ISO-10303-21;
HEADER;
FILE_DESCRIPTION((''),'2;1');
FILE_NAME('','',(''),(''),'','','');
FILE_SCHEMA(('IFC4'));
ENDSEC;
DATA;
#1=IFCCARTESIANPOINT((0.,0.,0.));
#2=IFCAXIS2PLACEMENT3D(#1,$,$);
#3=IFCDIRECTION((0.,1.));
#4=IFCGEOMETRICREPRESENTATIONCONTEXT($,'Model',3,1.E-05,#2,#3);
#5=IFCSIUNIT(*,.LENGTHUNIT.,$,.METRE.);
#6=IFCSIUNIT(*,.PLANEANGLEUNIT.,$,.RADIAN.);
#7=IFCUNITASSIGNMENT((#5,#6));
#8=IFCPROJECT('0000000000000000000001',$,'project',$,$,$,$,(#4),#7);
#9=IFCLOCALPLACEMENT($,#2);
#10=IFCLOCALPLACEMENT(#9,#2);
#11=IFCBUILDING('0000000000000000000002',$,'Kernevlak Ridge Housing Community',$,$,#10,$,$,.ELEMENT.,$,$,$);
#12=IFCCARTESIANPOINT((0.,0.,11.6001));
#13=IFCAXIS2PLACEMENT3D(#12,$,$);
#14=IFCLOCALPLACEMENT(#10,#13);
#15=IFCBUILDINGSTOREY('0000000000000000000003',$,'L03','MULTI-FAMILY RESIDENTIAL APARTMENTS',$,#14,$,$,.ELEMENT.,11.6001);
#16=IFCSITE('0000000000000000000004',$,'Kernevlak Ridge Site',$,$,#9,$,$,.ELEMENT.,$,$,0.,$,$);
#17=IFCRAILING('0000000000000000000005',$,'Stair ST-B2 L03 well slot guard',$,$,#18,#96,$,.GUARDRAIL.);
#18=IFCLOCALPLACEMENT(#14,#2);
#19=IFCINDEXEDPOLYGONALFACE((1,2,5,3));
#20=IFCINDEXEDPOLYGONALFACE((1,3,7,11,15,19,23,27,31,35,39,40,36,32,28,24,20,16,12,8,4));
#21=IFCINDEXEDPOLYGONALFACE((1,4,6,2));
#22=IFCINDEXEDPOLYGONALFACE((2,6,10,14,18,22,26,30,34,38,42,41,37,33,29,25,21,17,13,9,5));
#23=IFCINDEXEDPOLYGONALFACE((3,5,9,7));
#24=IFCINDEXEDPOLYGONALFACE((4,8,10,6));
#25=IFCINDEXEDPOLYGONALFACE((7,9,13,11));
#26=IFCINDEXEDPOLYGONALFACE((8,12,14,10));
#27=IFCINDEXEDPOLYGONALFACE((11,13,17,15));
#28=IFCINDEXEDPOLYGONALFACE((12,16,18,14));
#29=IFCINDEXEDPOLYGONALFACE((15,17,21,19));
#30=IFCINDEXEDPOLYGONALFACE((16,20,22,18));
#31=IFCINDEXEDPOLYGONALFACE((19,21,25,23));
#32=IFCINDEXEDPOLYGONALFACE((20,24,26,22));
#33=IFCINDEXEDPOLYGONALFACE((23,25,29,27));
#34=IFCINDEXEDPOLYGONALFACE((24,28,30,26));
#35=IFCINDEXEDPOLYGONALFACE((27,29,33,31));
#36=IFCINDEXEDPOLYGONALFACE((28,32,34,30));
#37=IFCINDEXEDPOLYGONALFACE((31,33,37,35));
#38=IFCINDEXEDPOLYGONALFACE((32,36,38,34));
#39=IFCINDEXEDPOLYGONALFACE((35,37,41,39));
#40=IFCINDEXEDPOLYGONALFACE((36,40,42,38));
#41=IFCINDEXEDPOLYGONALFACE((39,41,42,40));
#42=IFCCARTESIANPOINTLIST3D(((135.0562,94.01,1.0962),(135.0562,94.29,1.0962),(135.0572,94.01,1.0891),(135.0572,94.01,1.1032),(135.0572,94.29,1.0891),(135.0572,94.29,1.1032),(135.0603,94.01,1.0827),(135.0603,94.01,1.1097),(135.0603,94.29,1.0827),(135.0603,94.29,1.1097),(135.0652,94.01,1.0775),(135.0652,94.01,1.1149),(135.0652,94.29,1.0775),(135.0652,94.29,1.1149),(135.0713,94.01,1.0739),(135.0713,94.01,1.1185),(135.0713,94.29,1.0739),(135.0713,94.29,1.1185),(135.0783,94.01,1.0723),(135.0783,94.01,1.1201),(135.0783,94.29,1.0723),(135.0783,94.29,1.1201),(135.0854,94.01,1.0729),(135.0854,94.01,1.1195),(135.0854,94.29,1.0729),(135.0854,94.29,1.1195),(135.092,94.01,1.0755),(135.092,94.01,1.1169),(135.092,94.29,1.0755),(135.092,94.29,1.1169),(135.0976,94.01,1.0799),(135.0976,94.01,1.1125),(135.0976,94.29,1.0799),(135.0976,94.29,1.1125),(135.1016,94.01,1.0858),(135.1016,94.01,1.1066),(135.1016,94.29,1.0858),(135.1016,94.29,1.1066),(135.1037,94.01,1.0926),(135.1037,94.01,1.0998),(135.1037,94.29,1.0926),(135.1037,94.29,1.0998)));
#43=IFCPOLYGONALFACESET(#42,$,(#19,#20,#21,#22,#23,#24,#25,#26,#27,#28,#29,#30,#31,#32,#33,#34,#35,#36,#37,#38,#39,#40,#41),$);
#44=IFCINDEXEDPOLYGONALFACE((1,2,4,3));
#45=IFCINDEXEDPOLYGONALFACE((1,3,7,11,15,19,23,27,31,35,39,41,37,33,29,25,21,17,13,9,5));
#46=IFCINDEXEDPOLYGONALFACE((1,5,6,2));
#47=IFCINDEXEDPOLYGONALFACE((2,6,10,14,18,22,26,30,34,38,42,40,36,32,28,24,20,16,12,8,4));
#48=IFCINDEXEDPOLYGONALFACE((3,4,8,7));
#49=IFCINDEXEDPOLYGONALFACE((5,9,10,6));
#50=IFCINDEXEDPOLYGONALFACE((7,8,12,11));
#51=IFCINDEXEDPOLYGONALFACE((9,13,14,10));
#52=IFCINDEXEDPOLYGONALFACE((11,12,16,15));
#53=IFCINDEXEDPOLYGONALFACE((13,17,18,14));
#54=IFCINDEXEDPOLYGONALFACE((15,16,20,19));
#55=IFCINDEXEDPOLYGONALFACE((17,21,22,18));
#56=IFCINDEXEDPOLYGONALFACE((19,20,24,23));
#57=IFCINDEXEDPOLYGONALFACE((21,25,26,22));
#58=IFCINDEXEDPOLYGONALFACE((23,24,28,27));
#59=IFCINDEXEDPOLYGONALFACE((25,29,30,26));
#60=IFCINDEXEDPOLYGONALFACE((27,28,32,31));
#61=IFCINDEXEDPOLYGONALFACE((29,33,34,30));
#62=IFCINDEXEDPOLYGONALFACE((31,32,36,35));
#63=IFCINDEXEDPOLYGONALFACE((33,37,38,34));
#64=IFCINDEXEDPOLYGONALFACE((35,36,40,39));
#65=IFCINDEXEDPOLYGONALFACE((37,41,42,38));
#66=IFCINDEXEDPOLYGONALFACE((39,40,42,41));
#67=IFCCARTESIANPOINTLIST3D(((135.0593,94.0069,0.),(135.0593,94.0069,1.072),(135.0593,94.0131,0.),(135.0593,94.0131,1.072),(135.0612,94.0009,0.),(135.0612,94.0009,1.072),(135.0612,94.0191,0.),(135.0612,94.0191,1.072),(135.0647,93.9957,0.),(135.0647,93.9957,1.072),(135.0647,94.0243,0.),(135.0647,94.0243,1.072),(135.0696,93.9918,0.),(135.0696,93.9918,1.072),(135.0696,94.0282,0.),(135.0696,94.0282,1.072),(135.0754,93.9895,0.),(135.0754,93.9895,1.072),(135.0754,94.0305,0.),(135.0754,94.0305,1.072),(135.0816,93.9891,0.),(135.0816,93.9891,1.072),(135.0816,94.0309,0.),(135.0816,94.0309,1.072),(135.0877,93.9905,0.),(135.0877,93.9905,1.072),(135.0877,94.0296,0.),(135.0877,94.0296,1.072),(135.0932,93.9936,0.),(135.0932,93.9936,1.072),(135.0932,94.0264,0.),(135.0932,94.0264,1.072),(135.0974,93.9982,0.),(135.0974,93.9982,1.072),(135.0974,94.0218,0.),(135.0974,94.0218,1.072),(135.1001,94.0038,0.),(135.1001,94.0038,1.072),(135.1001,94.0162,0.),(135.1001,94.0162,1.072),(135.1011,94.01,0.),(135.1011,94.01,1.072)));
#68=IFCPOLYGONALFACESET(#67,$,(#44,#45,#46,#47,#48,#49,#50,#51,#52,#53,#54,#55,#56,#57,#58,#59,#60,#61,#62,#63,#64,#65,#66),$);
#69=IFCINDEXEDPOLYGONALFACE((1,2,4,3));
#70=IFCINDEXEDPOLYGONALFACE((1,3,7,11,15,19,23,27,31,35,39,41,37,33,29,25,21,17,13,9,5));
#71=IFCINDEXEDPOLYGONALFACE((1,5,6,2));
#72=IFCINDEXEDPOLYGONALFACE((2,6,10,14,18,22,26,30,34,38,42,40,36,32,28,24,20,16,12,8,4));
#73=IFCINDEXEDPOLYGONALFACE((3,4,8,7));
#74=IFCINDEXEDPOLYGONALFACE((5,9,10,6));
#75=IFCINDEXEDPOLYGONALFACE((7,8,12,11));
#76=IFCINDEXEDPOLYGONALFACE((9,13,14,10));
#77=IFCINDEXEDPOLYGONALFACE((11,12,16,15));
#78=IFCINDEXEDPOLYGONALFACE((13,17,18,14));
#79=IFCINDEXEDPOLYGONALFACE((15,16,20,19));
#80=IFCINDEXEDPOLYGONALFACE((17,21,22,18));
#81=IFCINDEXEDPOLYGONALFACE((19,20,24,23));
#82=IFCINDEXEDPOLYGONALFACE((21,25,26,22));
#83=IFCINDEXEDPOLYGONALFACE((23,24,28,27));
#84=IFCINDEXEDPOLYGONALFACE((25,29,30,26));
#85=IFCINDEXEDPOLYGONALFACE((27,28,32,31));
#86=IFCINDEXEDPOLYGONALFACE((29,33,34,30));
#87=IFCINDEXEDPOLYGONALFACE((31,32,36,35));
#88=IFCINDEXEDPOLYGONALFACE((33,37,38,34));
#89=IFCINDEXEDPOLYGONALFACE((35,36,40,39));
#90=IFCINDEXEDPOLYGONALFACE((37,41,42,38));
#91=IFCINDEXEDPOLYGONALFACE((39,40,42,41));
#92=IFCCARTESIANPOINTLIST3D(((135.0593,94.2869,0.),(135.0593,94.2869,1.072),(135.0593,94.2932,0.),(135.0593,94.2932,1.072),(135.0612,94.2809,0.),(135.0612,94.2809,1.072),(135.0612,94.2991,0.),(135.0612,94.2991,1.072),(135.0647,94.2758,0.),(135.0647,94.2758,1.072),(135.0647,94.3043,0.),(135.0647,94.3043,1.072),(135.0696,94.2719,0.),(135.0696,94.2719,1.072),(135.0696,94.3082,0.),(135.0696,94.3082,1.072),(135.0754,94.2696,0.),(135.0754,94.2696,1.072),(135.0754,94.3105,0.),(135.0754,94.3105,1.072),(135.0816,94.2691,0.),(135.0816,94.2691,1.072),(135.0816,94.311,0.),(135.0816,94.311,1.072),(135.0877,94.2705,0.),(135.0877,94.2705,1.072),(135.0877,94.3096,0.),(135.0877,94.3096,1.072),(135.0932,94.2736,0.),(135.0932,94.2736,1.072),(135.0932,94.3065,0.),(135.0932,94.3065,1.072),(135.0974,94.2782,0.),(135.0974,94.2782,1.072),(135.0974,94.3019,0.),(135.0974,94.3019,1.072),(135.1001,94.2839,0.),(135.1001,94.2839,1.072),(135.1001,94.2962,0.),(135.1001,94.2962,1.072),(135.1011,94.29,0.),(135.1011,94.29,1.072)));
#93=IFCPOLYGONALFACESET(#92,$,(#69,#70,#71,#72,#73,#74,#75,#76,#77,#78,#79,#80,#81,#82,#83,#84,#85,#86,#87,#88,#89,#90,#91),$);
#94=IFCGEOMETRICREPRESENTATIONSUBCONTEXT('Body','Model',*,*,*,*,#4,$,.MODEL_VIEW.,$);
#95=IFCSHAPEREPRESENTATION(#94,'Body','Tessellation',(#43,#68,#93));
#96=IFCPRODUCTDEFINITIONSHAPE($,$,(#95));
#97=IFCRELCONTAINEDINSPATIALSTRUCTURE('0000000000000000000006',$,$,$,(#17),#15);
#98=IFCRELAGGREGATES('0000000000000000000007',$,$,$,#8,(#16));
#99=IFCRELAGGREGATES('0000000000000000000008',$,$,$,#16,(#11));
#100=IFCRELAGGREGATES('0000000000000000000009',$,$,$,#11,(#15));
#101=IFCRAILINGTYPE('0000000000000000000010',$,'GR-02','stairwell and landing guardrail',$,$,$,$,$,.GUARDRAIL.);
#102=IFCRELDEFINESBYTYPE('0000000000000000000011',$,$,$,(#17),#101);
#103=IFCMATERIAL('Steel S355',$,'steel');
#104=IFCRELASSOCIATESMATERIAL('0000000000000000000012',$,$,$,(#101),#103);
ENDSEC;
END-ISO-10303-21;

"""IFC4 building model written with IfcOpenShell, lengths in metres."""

from ifc_helpers import new_model, si_unit, direction, frame, origin, origin_2d, place, context, subcontext, project, spatial, circle, extrude, material, type_object, element, save


model = new_model("IFC4")

# Units and contexts
model_context = context("Model", 3, precision=1e-05, world=origin(), true_north=direction((0.0, 1.0)))
body_context = subcontext(model_context, "Body", "Model", "MODEL_VIEW")
ifc_project = project(units=[si_unit("LENGTHUNIT", "METRE"), si_unit("PLANEANGLEUNIT", "RADIAN")], contexts=[model_context])

# Site, building, storey
site_placement = place(None, origin())
site = spatial("IfcSite", under=ifc_project, at=site_placement, Name="Kernevlak Ridge Site", CompositionType="ELEMENT", RefElevation=0.0)
building_placement = place(site_placement, origin())
building = spatial("IfcBuilding", under=site, at=building_placement, Name="Kernevlak Ridge Housing Community", CompositionType="ELEMENT")
storey_placement = place(building_placement, frame((0.0, 0.0, 11.6001)))
storey = spatial("IfcBuildingStorey", under=building, at=storey_placement, Name="L03", Description="MULTI-FAMILY RESIDENTIAL APARTMENTS", CompositionType="ELEMENT", Elevation=11.6001)

# Railing
ifc_material_1 = material(Name="Steel S355", Category="steel")
railing_type_1 = type_object("IfcRailingType", Name="GR-02", Description="stairwell and landing guardrail", PredefinedType="GUARDRAIL", material=ifc_material_1)
railing_1_placement = place(storey_placement, frame((135.0801, 94.01, 0.0)))
element("IfcRailing", 1, at=railing_1_placement, inside=storey, type_object=railing_type_1, Name="Stair ST-B2 L03 well slot guard", PredefinedType="GUARDRAIL", context=body_context, shape_type="SweptSolid", body=[
    extrude(circle(Radius=0.0239, at=origin_2d()), frame((0.0, 0.0, 1.0962), z_axis=(0.0, 1.0, 0.0), x_axis=(-1.0, 0.0, 0.0)), (0.0, 0.0, 1.0), 0.28),
    extrude(circle(Radius=0.021, at=origin_2d()), origin(), (0.0, 0.0, 1.0), 1.072),
    extrude(circle(Radius=0.021, at=origin_2d()), frame((0.0, 0.28, 0.0)), (0.0, 0.0, 1.0), 1.072),
])

save(model, "model.ifc")
